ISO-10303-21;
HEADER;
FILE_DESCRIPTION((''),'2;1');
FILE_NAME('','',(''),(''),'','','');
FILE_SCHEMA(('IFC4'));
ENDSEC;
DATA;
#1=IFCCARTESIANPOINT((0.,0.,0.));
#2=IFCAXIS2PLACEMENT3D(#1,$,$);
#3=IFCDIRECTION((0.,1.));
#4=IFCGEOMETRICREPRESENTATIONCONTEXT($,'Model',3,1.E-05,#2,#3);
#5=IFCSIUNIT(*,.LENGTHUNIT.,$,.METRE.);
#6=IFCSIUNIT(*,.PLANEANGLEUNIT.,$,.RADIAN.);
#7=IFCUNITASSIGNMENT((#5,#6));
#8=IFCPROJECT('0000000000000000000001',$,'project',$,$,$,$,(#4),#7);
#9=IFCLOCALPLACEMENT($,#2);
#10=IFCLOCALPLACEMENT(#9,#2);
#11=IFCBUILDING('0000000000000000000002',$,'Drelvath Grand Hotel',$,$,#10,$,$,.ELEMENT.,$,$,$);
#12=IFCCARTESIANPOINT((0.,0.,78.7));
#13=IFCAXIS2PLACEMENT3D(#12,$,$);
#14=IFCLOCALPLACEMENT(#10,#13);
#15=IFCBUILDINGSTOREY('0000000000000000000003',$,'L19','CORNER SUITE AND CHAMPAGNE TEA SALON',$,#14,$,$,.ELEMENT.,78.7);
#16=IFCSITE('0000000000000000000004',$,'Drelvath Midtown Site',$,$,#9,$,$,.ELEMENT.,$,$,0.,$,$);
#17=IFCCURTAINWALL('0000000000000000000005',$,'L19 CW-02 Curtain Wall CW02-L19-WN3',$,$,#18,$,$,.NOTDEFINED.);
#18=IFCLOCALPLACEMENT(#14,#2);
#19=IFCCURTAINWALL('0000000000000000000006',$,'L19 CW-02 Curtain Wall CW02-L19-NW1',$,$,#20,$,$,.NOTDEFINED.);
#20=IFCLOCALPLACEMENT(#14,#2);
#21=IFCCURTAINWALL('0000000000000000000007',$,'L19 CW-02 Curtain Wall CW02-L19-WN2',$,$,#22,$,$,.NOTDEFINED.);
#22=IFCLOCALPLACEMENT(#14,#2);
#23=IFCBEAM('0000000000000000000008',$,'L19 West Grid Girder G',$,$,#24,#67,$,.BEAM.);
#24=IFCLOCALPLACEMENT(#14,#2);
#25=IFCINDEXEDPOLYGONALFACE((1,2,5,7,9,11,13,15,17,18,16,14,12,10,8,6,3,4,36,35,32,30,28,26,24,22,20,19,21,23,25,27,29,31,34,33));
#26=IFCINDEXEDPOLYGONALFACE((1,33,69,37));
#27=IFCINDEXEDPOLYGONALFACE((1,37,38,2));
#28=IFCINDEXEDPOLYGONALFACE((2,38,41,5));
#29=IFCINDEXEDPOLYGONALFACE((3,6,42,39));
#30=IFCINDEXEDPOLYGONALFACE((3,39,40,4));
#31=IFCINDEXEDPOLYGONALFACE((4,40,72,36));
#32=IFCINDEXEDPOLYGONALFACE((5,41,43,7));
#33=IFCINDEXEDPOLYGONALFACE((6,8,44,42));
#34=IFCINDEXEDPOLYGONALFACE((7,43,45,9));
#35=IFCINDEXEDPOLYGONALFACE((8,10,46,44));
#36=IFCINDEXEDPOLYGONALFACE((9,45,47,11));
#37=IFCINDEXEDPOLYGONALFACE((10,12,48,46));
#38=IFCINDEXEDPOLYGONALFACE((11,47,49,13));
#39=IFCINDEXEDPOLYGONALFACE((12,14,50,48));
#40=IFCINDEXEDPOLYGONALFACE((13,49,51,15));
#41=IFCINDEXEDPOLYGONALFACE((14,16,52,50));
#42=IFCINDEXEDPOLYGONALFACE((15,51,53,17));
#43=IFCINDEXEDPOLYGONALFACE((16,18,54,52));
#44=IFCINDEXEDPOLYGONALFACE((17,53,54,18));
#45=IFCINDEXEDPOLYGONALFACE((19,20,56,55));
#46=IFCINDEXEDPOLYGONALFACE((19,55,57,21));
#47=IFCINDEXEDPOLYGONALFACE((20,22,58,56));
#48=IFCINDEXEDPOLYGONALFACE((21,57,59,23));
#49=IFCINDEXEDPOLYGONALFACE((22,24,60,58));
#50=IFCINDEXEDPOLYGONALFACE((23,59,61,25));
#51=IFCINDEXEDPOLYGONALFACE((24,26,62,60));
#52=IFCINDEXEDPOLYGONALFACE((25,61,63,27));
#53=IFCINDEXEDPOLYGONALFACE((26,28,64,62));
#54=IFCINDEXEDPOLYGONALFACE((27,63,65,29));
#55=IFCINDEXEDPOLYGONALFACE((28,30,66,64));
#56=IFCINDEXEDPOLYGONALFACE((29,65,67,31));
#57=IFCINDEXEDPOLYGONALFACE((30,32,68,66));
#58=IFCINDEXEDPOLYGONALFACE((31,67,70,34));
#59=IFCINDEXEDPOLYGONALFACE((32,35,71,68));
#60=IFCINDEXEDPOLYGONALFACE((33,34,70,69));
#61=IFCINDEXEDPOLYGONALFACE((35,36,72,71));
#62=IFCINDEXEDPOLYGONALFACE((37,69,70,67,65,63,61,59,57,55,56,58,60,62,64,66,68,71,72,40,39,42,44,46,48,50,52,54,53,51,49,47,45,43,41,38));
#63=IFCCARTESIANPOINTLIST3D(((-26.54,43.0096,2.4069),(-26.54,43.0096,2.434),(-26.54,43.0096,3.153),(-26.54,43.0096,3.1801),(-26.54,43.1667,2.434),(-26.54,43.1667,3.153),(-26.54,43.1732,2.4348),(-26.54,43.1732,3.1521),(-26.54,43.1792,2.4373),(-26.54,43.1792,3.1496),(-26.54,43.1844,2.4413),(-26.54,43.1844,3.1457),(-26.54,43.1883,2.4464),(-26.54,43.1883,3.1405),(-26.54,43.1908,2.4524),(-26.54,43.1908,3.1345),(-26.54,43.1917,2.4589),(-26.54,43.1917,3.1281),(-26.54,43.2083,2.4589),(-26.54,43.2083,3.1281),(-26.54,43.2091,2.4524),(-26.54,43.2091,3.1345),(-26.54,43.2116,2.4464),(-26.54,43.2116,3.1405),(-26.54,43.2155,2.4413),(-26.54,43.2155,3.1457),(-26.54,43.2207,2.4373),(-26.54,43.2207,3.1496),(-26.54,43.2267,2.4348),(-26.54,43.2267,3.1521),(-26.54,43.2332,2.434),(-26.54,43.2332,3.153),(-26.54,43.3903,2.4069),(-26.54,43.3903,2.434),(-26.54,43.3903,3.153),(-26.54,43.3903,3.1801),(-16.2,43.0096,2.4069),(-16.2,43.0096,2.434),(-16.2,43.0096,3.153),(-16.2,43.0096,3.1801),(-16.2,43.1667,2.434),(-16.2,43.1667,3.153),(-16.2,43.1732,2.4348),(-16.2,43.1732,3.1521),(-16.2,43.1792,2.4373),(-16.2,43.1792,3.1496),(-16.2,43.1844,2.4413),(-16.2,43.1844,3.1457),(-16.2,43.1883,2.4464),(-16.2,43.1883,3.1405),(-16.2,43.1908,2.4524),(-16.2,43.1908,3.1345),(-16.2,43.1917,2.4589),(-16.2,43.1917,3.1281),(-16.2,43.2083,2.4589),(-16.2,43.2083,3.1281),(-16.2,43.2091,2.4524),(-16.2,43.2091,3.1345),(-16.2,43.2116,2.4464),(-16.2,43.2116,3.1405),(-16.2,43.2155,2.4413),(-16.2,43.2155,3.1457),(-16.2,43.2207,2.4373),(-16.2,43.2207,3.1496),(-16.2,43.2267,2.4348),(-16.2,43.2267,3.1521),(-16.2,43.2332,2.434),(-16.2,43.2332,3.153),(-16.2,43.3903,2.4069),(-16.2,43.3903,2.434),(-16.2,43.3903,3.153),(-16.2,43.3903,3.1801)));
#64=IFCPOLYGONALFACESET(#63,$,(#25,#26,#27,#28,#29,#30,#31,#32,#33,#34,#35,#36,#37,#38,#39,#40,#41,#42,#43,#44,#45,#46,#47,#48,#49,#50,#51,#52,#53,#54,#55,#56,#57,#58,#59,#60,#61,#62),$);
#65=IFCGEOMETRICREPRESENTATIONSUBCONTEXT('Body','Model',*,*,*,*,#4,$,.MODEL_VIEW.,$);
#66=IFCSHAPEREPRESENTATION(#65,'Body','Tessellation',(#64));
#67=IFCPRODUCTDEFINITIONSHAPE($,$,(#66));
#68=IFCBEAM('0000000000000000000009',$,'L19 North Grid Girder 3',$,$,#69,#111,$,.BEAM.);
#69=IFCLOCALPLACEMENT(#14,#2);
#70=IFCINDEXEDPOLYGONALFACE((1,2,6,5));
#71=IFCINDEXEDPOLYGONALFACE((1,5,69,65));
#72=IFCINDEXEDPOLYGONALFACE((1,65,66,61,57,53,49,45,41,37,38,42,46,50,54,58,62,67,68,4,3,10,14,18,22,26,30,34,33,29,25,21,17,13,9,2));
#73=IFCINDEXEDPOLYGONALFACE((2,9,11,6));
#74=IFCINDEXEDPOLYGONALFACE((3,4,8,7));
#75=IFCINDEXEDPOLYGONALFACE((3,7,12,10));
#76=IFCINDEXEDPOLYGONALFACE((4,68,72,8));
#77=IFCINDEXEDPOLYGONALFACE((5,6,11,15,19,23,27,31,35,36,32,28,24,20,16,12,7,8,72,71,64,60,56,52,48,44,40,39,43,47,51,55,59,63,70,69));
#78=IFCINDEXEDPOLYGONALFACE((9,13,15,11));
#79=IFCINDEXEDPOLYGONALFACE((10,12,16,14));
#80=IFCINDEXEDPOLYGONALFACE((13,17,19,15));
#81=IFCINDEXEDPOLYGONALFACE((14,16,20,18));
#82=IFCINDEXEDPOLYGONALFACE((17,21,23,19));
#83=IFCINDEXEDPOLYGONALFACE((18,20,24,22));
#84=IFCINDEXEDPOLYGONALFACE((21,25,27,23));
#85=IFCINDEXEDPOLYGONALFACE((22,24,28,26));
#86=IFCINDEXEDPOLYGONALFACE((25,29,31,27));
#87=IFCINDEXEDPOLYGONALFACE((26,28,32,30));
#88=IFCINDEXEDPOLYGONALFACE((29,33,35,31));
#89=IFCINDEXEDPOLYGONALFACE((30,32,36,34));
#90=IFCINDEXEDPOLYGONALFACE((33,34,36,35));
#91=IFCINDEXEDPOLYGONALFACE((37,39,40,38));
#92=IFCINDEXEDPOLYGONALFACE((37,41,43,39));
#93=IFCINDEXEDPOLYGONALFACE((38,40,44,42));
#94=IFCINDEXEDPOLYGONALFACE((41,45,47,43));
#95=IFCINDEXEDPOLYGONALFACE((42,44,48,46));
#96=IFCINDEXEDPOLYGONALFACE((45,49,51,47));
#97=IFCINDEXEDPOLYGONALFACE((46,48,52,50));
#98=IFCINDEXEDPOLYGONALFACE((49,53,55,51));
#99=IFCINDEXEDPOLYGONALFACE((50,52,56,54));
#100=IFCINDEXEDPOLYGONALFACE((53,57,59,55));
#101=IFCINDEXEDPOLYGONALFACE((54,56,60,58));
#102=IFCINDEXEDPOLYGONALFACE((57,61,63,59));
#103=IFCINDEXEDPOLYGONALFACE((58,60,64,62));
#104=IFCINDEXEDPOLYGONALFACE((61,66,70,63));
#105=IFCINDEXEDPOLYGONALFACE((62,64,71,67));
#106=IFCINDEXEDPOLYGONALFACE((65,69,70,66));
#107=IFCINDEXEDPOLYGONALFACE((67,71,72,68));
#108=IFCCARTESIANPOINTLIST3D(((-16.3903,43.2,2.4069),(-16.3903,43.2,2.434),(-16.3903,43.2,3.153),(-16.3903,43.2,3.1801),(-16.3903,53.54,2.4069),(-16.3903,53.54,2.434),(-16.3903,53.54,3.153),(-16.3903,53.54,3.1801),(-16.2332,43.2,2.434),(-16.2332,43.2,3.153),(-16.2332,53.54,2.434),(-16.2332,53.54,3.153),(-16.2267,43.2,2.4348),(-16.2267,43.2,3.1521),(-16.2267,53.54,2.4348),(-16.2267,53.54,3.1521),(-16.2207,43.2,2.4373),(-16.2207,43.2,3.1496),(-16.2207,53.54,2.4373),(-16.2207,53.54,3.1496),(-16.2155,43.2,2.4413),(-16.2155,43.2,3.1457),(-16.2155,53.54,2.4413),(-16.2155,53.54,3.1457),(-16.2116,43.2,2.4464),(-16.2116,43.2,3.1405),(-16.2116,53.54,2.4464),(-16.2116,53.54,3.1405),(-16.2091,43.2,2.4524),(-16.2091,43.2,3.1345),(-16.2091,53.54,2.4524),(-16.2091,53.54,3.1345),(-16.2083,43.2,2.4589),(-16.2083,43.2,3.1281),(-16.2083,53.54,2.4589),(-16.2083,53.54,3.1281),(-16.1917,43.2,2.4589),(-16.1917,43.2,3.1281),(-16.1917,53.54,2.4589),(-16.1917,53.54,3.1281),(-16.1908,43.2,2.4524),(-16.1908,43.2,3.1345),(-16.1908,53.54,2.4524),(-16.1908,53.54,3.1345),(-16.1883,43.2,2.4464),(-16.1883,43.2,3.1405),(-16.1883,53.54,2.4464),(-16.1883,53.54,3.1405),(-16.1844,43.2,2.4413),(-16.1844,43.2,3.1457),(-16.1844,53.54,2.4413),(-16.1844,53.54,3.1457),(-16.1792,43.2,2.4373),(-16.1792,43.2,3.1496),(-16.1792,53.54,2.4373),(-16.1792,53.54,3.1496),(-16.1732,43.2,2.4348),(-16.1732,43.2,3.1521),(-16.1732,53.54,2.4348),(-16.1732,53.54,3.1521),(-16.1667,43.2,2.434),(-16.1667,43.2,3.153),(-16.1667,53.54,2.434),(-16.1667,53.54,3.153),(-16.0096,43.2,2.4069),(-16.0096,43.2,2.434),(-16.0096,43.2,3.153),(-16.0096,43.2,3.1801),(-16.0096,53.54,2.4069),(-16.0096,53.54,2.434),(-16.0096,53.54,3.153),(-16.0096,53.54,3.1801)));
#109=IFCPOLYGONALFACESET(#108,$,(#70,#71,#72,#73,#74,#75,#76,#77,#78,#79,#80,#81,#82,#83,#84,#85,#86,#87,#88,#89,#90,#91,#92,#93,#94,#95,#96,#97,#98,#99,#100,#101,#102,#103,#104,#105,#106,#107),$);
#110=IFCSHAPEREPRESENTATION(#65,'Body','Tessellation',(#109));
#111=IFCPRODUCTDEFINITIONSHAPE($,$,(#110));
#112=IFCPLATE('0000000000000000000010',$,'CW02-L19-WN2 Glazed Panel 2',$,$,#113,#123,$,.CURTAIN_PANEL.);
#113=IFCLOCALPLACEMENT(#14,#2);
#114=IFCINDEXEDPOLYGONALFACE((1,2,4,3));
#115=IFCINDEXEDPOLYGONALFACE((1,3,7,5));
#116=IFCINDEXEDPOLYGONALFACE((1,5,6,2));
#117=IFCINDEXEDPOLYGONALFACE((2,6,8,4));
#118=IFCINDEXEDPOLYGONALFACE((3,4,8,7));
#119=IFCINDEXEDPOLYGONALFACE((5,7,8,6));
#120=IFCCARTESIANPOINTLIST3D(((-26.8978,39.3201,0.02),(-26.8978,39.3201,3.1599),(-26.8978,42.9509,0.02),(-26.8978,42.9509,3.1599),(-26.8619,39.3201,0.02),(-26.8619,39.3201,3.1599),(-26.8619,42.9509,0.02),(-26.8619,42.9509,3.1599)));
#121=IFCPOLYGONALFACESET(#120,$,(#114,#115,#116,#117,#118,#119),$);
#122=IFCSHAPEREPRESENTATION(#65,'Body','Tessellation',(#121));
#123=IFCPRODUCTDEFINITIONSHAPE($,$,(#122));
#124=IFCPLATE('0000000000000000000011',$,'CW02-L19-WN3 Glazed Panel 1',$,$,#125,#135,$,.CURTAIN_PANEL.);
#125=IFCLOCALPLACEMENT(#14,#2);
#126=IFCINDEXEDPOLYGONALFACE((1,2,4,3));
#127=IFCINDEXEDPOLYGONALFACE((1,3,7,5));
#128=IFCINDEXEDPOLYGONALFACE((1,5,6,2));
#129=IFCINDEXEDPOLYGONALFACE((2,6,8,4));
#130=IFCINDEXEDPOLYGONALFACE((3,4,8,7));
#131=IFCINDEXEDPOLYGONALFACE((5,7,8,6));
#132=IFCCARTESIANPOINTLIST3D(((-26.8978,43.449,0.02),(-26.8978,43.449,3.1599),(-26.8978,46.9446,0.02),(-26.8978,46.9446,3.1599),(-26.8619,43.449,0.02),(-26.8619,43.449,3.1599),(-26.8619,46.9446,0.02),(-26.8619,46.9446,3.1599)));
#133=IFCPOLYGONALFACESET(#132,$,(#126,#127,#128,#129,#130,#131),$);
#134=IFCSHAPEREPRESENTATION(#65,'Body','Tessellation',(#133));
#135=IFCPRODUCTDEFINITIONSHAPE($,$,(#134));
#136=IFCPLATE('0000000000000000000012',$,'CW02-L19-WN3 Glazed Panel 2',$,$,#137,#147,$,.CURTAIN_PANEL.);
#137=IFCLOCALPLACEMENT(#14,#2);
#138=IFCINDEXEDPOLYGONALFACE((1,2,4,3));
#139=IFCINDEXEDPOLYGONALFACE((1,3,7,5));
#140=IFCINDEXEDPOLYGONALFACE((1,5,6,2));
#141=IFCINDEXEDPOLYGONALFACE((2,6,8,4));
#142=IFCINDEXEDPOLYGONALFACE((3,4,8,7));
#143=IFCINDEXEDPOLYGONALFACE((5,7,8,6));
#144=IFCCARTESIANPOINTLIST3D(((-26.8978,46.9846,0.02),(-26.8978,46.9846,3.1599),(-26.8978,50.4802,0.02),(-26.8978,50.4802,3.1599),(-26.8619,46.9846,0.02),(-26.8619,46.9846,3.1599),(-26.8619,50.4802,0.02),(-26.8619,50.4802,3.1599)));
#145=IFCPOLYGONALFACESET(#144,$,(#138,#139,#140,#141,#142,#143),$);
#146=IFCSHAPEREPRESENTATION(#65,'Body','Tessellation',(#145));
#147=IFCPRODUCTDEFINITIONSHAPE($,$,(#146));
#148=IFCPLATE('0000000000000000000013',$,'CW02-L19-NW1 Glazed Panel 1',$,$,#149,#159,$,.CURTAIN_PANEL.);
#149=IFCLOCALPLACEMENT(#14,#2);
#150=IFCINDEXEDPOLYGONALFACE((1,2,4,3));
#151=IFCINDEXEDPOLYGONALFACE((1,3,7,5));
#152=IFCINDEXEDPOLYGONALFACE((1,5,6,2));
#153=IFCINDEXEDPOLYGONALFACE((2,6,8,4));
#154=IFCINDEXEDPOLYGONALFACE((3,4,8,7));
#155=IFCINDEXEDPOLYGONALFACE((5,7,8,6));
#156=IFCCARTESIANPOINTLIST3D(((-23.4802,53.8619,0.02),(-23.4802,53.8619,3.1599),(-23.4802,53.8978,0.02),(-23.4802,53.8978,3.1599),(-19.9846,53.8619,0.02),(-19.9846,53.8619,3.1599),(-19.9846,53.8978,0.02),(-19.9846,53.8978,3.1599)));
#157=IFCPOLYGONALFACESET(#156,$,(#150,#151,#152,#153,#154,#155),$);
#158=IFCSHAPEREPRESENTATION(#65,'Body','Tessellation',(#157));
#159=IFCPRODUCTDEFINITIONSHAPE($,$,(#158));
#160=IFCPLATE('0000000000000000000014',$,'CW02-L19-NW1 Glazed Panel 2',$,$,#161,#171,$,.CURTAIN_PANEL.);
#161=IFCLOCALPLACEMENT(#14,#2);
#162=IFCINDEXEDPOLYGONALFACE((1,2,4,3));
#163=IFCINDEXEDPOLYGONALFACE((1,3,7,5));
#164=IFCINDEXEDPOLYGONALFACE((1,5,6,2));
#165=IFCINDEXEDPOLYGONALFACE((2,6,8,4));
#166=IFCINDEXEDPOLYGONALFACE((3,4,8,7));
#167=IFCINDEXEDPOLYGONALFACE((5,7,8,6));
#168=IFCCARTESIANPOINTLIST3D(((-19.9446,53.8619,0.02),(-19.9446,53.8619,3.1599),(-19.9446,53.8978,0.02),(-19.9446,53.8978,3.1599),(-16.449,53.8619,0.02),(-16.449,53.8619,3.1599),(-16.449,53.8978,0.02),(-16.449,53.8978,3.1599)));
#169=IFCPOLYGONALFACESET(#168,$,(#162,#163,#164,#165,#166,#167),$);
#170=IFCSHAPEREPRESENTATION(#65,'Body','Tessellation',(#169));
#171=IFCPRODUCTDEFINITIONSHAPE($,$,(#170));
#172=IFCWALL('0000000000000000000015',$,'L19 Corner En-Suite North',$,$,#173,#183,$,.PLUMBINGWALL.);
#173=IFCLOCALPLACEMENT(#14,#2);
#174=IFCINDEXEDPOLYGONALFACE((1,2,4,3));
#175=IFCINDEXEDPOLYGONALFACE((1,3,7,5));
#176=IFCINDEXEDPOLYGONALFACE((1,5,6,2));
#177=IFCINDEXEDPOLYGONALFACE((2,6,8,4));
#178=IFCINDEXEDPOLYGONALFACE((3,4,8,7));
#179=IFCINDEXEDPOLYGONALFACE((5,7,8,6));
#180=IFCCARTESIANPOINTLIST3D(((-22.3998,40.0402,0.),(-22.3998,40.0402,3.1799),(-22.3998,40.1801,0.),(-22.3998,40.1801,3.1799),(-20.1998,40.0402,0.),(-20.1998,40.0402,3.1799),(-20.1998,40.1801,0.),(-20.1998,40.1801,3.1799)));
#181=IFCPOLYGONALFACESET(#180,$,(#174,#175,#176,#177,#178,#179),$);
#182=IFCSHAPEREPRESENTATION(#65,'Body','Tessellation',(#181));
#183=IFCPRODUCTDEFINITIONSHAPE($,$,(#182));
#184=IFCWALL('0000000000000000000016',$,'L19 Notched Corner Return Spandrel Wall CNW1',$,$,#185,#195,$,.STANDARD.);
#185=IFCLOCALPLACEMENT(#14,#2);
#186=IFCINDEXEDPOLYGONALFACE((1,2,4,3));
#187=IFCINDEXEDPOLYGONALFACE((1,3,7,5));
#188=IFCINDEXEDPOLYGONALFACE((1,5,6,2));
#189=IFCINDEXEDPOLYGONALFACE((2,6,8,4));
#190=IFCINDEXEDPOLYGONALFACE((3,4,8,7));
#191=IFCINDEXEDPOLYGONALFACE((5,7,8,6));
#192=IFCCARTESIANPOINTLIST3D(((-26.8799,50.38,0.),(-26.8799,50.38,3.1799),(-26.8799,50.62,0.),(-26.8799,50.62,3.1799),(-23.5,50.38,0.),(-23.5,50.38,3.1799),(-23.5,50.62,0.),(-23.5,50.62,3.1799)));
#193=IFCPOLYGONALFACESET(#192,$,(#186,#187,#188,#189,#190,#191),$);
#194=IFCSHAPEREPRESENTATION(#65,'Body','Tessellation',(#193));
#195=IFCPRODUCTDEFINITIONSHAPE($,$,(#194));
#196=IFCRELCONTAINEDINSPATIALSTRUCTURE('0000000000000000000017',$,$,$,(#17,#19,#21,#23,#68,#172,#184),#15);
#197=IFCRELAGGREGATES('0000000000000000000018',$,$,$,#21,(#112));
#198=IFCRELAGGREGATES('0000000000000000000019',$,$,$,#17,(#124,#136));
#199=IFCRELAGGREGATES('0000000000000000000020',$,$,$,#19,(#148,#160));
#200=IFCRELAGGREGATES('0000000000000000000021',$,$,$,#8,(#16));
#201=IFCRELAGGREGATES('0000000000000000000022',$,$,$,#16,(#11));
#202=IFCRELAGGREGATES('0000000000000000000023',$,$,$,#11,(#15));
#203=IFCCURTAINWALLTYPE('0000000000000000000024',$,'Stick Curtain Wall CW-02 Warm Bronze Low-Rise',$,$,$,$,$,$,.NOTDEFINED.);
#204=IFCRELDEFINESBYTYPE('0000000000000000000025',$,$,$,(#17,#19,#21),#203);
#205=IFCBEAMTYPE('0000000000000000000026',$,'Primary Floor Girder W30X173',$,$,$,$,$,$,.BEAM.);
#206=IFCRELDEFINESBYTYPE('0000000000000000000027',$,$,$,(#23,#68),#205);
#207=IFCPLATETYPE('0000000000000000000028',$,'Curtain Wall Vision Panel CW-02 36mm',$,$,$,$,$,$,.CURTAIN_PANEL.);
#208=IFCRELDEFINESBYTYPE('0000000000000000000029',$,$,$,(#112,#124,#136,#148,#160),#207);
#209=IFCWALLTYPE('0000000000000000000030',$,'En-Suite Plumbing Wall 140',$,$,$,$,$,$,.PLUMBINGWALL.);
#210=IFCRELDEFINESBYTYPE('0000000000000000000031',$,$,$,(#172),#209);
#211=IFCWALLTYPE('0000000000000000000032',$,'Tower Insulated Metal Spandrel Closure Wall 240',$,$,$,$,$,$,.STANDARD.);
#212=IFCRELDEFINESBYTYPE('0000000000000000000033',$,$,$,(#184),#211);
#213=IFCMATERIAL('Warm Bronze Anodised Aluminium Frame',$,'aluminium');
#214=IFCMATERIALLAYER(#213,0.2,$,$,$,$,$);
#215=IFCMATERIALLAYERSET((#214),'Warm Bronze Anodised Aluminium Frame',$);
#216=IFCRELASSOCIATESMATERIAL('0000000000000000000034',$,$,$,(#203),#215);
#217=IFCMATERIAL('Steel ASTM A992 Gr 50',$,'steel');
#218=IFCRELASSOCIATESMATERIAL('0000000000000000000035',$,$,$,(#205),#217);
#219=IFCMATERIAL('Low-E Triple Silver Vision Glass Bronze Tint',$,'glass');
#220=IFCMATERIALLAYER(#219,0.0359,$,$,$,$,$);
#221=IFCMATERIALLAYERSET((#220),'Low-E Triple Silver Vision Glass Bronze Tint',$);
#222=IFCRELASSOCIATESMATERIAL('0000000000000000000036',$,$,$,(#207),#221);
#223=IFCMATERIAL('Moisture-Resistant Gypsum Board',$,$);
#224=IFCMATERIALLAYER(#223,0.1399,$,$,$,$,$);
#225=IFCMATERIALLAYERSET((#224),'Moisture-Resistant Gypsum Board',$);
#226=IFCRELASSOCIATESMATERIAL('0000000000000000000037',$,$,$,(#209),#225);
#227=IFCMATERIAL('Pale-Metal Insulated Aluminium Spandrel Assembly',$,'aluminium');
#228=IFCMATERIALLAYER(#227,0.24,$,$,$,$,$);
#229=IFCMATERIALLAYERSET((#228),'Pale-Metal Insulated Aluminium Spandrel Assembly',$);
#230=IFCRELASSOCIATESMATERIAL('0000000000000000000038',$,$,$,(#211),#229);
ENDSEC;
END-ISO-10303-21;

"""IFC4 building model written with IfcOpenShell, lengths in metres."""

from ifc_helpers import new_model, si_unit, direction, frame, frame_2d, origin, origin_2d, place, context, subcontext, project, spatial, rectangle, i_section, extrude, material, layer, layer_set, material_profile, profile_set, type_object, element, aggregate, save


model = new_model("IFC4")

# Units and contexts
model_context = context("Model", 3, precision=1e-05, world=origin(), true_north=direction((0.0, 1.0)))
body_context = subcontext(model_context, "Body", "Model", "MODEL_VIEW")
ifc_project = project(units=[si_unit("LENGTHUNIT", "METRE"), si_unit("PLANEANGLEUNIT", "RADIAN")], contexts=[model_context])

# Site, building, storey
site_placement = place(None, origin())
site = spatial("IfcSite", under=ifc_project, at=site_placement, Name="Drelvath Midtown Site", CompositionType="ELEMENT", RefElevation=0.0)
building_placement = place(site_placement, origin())
building = spatial("IfcBuilding", under=site, at=building_placement, Name="Drelvath Grand Hotel", CompositionType="ELEMENT")
storey_placement = place(building_placement, frame((0.0, 0.0, 78.7)))
storey = spatial("IfcBuildingStorey", under=building, at=storey_placement, Name="L19", Description="CORNER SUITE AND CHAMPAGNE TEA SALON", CompositionType="ELEMENT", Elevation=78.7)

# Shared definitions
ifc_material_1 = material(Name="Steel ASTM A992 Gr 50", Category="steel")

# Curtain walls
ifc_material_2 = material(Name="Warm Bronze Anodised Aluminium Frame", Category="aluminium")
ifc_layer_1 = layer(ifc_material_2, 0.2)
ifc_layer_set_1 = layer_set([ifc_layer_1], Name="Warm Bronze Anodised Aluminium Frame")
curtain_wall_type = type_object("IfcCurtainWallType", Name="Stick Curtain Wall CW-02 Warm Bronze Low-Rise", PredefinedType="NOTDEFINED", material=ifc_layer_set_1)
curtain_wall_1_placement = place(storey_placement, origin())
curtain_wall_1 = element("IfcCurtainWall", 1, at=curtain_wall_1_placement, inside=storey, type_object=curtain_wall_type, Name="L19 CW-02 Curtain Wall CW02-L19-WN3", PredefinedType="NOTDEFINED")
curtain_wall_2_placement = place(storey_placement, origin())
curtain_wall_2 = element("IfcCurtainWall", 2, at=curtain_wall_2_placement, inside=storey, type_object=curtain_wall_type, Name="L19 CW-02 Curtain Wall CW02-L19-NW1", PredefinedType="NOTDEFINED")

# Curtain wall
curtain_wall_3_placement = place(storey_placement, origin())
curtain_wall_3 = element("IfcCurtainWall", 3, at=curtain_wall_3_placement, inside=storey, type_object=curtain_wall_type, Name="L19 CW-02 Curtain Wall CW02-L19-WN2", PredefinedType="NOTDEFINED")

# Beams
ifc_material_profile_1 = material_profile(ifc_material_1, i_section(OverallWidth=0.3806, OverallDepth=0.7732, WebThickness=0.0166, FlangeThickness=0.0271, FilletRadius=0.0249, at=origin_2d()), Name="W30X173")
ifc_profile_set_1 = profile_set([ifc_material_profile_1], Name="Steel ASTM A992 Gr 50")
beam_type_1 = type_object("IfcBeamType", Name="Primary Floor Girder W30X173", PredefinedType="BEAM", material=ifc_profile_set_1)
for number, where, z_axis, x_axis, name in (
    (4, (-26.54, 43.2, 2.7935), (1.0, 0.0, 0.0), (0.0, 1.0, 0.0), "L19 West Grid Girder G"),
    (5, (-16.2, 43.2, 2.7935), (0.0, 1.0, 0.0), (-1.0, 0.0, 0.0), "L19 North Grid Girder 3"),
):
    element("IfcBeam", number, at=place(storey_placement, frame(where, z_axis=z_axis, x_axis=x_axis)), inside=storey, type_object=beam_type_1, Name=name, PredefinedType="BEAM", context=body_context, shape_type="SweptSolid", body=[
        extrude(i_section(OverallWidth=0.3806, OverallDepth=0.7732, WebThickness=0.0166, FlangeThickness=0.0271, FilletRadius=0.0249, at=origin_2d()), origin(), (0.0, 0.0, 1.0), 10.3401),
    ])

# Plates
ifc_material_3 = material(Name="Low-E Triple Silver Vision Glass Bronze Tint", Category="glass")
ifc_layer_2 = layer(ifc_material_3, 0.0359)
ifc_layer_set_2 = layer_set([ifc_layer_2], Name="Low-E Triple Silver Vision Glass Bronze Tint")
plate_type = type_object("IfcPlateType", Name="Curtain Wall Vision Panel CW-02 36mm", PredefinedType="CURTAIN_PANEL", material=ifc_layer_set_2)
plate_1_placement = place(storey_placement, frame((-26.8799, 41.1355, 0.02), z_axis=(0.0, 0.0, 1.0), x_axis=(0.0, 1.0, 0.0)))
plate_1 = element("IfcPlate", 6, at=plate_1_placement, type_object=plate_type, Name="CW02-L19-WN2 Glazed Panel 2", PredefinedType="CURTAIN_PANEL", context=body_context, shape_type="SweptSolid", body=[
    extrude(rectangle(XDim=3.6309, YDim=0.0359, at=origin_2d()), origin(), (0.0, 0.0, 1.0), 3.1399),
])
aggregate(curtain_wall_3, [plate_1])
plate_2_placement = place(storey_placement, frame((-26.8799, 45.1968, 0.02), z_axis=(0.0, 0.0, 1.0), x_axis=(0.0, 1.0, 0.0)))
plate_2 = element("IfcPlate", 7, at=plate_2_placement, type_object=plate_type, Name="CW02-L19-WN3 Glazed Panel 1", PredefinedType="CURTAIN_PANEL", context=body_context, shape_type="SweptSolid", body=[
    extrude(rectangle(XDim=3.4956, YDim=0.0359, at=origin_2d()), origin(), (0.0, 0.0, 1.0), 3.1399),
])
plate_3_placement = place(storey_placement, frame((-26.8799, 48.7324, 0.02), z_axis=(0.0, 0.0, 1.0), x_axis=(0.0, 1.0, 0.0)))
plate_3 = element("IfcPlate", 8, at=plate_3_placement, type_object=plate_type, Name="CW02-L19-WN3 Glazed Panel 2", PredefinedType="CURTAIN_PANEL", context=body_context, shape_type="SweptSolid", body=[
    extrude(rectangle(XDim=3.4956, YDim=0.0359, at=origin_2d()), origin(), (0.0, 0.0, 1.0), 3.1399),
])
aggregate(curtain_wall_1, [plate_2, plate_3])
plate_4_placement = place(storey_placement, frame((-21.7324, 53.8799, 0.02), z_axis=(0.0, 0.0, 1.0), x_axis=(1.0, 0.0, 0.0)))
plate_4 = element("IfcPlate", 9, at=plate_4_placement, type_object=plate_type, Name="CW02-L19-NW1 Glazed Panel 1", PredefinedType="CURTAIN_PANEL", context=body_context, shape_type="SweptSolid", body=[
    extrude(rectangle(XDim=3.4956, YDim=0.0359, at=origin_2d()), origin(), (0.0, 0.0, 1.0), 3.1399),
])
plate_5_placement = place(storey_placement, frame((-18.1968, 53.8799, 0.02), z_axis=(0.0, 0.0, 1.0), x_axis=(1.0, 0.0, 0.0)))
plate_5 = element("IfcPlate", 10, at=plate_5_placement, type_object=plate_type, Name="CW02-L19-NW1 Glazed Panel 2", PredefinedType="CURTAIN_PANEL", context=body_context, shape_type="SweptSolid", body=[
    extrude(rectangle(XDim=3.4956, YDim=0.0359, at=origin_2d()), origin(), (0.0, 0.0, 1.0), 3.1399),
])
aggregate(curtain_wall_2, [plate_4, plate_5])

# Walls
ifc_material_4 = material(Name="Moisture-Resistant Gypsum Board")
ifc_layer_3 = layer(ifc_material_4, 0.1399)
ifc_layer_set_3 = layer_set([ifc_layer_3], Name="Moisture-Resistant Gypsum Board")
wall_type_1 = type_object("IfcWallType", Name="En-Suite Plumbing Wall 140", PredefinedType="PLUMBINGWALL", material=ifc_layer_set_3)
wall_placement = place(storey_placement, frame((-22.3999, 40.1101, 0.0), z_axis=(0.0, 0.0, 1.0), x_axis=(1.0, 0.0, 0.0)))
element("IfcWall", 11, at=wall_placement, inside=storey, type_object=wall_type_1, Name="L19 Corner En-Suite North", PredefinedType="PLUMBINGWALL", context=body_context, shape_type="SweptSolid", body=[
    extrude(rectangle(XDim=2.2, YDim=0.1399, at=frame_2d((1.1001, 0.0))), origin(), (0.0, 0.0, 1.0), 3.1799),
])
ifc_material_5 = material(Name="Pale-Metal Insulated Aluminium Spandrel Assembly", Category="aluminium")
ifc_layer_4 = layer(ifc_material_5, 0.24)
ifc_layer_set_4 = layer_set([ifc_layer_4], Name="Pale-Metal Insulated Aluminium Spandrel Assembly")
wall_type_2 = type_object("IfcWallType", Name="Tower Insulated Metal Spandrel Closure Wall 240", PredefinedType="STANDARD", material=ifc_layer_set_4)
for number, where, z_axis, x_axis, name in (
    (12, (-26.8799, 50.5, 0.0), (0.0, 0.0, 1.0), (1.0, 0.0, 0.0), "L19 Notched Corner Return Spandrel Wall CNW1"),
):
    element("IfcWall", number, at=place(storey_placement, frame(where, z_axis=z_axis, x_axis=x_axis)), inside=storey, type_object=wall_type_2, Name=name, PredefinedType="STANDARD", context=body_context, shape_type="SweptSolid", body=[
        extrude(rectangle(XDim=3.3799, YDim=0.24, at=frame_2d((1.6899, 0.0))), origin(), (0.0, 0.0, 1.0), 3.1799),
    ])

save(model, "model.ifc")
